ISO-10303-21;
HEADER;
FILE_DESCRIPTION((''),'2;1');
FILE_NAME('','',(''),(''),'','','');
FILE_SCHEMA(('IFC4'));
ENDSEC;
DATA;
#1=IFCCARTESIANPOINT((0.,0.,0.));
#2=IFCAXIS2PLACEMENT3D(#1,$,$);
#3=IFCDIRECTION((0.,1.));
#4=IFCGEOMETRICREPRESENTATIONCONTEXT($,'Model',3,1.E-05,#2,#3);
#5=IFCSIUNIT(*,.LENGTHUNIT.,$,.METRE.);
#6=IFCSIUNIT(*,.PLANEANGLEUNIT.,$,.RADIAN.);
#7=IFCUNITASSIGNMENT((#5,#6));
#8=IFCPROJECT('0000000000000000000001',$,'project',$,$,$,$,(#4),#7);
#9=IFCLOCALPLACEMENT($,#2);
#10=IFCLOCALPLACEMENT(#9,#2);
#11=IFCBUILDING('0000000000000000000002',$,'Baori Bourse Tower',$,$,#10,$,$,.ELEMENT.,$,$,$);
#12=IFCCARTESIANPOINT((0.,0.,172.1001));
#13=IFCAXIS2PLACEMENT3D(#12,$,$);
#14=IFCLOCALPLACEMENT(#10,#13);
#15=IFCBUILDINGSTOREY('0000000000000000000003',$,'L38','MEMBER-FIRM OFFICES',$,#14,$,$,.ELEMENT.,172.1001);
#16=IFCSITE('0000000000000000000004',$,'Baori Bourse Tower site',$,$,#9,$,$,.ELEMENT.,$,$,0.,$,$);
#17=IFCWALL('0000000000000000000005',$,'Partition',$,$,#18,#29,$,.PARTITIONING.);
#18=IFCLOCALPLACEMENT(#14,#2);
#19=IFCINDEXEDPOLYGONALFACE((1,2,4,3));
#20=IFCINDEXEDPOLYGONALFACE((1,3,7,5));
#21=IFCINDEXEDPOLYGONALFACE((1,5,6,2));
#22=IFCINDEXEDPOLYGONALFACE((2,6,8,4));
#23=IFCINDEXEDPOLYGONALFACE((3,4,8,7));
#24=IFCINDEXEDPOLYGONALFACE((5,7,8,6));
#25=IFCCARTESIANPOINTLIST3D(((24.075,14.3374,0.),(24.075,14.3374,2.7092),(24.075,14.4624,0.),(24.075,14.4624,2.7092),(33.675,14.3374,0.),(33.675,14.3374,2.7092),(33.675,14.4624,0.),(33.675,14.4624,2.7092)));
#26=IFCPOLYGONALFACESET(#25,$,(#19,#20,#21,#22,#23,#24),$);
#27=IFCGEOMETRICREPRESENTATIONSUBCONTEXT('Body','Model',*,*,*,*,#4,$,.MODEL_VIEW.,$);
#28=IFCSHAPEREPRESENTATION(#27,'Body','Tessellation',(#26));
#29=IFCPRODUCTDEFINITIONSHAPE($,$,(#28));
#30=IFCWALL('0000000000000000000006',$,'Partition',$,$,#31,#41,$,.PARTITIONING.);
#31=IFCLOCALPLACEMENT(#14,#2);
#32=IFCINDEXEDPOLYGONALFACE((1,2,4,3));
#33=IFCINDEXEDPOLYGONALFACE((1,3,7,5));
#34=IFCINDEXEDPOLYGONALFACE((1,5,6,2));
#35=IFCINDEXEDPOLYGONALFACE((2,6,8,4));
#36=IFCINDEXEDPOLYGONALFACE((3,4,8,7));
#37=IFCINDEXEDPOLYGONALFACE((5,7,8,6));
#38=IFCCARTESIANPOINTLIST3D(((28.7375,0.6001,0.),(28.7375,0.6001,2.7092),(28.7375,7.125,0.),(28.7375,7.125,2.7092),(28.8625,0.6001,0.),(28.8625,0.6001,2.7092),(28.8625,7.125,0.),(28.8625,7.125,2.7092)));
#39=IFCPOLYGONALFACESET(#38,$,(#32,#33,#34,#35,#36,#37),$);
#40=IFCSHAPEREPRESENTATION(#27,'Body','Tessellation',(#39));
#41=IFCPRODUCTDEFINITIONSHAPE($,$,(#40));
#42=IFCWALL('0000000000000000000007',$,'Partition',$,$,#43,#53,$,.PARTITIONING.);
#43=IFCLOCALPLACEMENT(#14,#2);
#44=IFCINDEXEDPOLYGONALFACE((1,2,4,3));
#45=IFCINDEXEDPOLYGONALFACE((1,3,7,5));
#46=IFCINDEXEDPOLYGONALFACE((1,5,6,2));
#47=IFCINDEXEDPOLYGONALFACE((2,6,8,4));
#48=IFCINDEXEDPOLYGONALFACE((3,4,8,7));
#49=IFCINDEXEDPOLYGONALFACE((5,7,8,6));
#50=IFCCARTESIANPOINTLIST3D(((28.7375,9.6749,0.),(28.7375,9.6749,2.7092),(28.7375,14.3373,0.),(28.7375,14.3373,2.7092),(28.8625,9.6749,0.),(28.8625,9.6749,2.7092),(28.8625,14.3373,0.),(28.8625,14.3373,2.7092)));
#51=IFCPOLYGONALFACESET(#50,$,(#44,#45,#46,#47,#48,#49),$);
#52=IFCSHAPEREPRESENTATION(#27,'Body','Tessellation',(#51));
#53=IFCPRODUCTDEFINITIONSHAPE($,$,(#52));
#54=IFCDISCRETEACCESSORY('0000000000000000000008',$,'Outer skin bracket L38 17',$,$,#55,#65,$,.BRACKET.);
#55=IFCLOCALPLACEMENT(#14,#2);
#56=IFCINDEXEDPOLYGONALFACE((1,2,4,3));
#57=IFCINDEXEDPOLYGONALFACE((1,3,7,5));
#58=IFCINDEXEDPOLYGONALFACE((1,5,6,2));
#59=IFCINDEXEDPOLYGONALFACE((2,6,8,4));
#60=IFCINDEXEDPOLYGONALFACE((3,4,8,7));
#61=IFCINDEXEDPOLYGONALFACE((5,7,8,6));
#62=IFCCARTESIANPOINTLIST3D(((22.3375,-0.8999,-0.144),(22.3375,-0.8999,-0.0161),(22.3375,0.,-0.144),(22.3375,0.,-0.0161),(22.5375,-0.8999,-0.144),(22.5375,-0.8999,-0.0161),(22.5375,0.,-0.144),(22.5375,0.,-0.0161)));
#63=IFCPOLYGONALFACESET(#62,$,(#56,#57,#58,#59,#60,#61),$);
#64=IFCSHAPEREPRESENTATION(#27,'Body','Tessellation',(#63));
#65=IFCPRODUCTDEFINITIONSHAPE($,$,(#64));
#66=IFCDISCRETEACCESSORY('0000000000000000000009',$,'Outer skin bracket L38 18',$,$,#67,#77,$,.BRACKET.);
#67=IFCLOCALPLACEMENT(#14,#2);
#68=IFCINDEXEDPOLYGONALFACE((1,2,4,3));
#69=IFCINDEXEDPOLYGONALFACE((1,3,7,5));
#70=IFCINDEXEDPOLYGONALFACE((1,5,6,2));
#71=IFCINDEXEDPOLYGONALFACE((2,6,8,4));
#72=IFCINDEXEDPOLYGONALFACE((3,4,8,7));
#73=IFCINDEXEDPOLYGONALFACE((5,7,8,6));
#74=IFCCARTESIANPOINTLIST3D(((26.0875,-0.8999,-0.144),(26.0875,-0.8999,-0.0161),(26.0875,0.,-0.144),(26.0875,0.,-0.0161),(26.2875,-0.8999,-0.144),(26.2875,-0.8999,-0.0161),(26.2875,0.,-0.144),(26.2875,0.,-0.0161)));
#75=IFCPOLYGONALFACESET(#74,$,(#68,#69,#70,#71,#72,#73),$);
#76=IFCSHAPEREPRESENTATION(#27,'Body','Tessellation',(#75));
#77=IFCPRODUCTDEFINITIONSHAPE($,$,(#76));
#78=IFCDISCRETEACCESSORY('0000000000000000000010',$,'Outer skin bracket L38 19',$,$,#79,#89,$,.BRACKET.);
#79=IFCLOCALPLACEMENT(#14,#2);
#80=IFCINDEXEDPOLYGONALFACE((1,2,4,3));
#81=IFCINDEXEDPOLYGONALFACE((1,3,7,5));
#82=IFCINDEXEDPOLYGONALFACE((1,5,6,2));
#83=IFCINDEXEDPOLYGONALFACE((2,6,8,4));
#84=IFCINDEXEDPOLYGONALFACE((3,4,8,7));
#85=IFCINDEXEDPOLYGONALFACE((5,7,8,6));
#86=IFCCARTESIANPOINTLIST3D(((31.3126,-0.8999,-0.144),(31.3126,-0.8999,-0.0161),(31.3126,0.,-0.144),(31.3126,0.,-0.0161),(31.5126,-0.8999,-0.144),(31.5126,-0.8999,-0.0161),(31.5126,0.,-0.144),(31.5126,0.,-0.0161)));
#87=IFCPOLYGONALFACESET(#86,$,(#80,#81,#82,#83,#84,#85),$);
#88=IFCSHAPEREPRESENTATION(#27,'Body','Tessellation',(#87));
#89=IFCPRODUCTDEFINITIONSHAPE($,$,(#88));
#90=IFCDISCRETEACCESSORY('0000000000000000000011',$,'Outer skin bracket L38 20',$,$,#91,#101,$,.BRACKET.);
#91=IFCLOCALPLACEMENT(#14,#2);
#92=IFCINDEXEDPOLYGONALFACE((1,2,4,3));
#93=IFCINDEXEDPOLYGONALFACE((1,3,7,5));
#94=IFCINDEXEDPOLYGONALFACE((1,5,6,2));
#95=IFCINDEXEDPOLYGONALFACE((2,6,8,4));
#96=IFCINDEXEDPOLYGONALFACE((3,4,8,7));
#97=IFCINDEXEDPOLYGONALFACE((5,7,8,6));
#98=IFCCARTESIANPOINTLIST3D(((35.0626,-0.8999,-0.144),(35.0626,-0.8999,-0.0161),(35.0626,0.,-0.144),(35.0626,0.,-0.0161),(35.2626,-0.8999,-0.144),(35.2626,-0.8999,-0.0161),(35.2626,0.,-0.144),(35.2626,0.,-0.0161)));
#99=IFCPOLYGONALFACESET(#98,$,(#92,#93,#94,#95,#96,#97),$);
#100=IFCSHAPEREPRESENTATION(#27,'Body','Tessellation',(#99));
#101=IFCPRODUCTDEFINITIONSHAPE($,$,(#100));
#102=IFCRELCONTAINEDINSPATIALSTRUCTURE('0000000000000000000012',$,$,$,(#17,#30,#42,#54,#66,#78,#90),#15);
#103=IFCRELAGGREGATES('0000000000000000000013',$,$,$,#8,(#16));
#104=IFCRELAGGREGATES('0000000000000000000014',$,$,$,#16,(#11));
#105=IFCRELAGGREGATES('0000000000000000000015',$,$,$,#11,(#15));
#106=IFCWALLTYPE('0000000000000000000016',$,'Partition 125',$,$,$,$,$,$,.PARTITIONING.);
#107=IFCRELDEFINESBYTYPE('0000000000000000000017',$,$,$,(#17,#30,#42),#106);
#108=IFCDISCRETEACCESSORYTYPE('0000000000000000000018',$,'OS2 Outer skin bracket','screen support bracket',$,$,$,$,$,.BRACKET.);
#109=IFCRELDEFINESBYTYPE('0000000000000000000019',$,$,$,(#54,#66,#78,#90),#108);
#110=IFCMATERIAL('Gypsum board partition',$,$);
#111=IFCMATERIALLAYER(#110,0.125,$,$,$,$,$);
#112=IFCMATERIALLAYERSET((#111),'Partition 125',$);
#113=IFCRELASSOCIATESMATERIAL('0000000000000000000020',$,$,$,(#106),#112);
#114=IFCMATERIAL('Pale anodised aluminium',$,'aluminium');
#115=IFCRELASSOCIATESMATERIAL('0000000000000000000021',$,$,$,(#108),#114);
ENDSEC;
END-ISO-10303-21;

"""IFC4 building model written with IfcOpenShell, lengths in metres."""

from ifc_helpers import new_model, si_unit, direction, frame, frame_2d, origin, origin_2d, place, context, subcontext, project, spatial, rectangle, extrude, material, layer, layer_set, type_object, element, save


model = new_model("IFC4")

# Units and contexts
model_context = context("Model", 3, precision=1e-05, world=origin(), true_north=direction((0.0, 1.0)))
body_context = subcontext(model_context, "Body", "Model", "MODEL_VIEW")
ifc_project = project(units=[si_unit("LENGTHUNIT", "METRE"), si_unit("PLANEANGLEUNIT", "RADIAN")], contexts=[model_context])

# Site, building, storey
site_placement = place(None, origin())
site = spatial("IfcSite", under=ifc_project, at=site_placement, Name="Baori Bourse Tower site", CompositionType="ELEMENT", RefElevation=0.0)
building_placement = place(site_placement, origin())
building = spatial("IfcBuilding", under=site, at=building_placement, Name="Baori Bourse Tower", CompositionType="ELEMENT")
storey_placement = place(building_placement, frame((0.0, 0.0, 172.1001)))
storey = spatial("IfcBuildingStorey", under=building, at=storey_placement, Name="L38", Description="MEMBER-FIRM OFFICES", CompositionType="ELEMENT", Elevation=172.1001)

# Walls
ifc_material_1 = material(Name="Gypsum board partition")
ifc_layer_1 = layer(ifc_material_1, 0.125)
ifc_layer_set_1 = layer_set([ifc_layer_1], Name="Partition 125")
wall_type_1 = type_object("IfcWallType", Name="Partition 125", PredefinedType="PARTITIONING", material=ifc_layer_set_1)
wall_1_placement = place(storey_placement, frame((24.075, 14.3999, 0.0), z_axis=(0.0, 0.0, 1.0), x_axis=(1.0, 0.0, 0.0)))
element("IfcWall", 1, at=wall_1_placement, inside=storey, type_object=wall_type_1, Name="Partition", PredefinedType="PARTITIONING", context=body_context, shape_type="SweptSolid", body=[
    extrude(rectangle(XDim=9.6001, YDim=0.125, at=frame_2d((4.8, 0.0))), origin(), (0.0, 0.0, 1.0), 2.7092),
])
wall_2_placement = place(storey_placement, frame((28.8, 0.6001, 0.0), z_axis=(0.0, 0.0, 1.0), x_axis=(0.0, 1.0, 0.0)))
element("IfcWall", 2, at=wall_2_placement, inside=storey, type_object=wall_type_1, Name="Partition", PredefinedType="PARTITIONING", context=body_context, shape_type="SweptSolid", body=[
    extrude(rectangle(XDim=6.5249, YDim=0.125, at=frame_2d((3.2625, 0.0))), origin(), (0.0, 0.0, 1.0), 2.7092),
])
wall_3_placement = place(storey_placement, frame((28.8, 9.675, 0.0), z_axis=(0.0, 0.0, 1.0), x_axis=(0.0, 1.0, 0.0)))
element("IfcWall", 3, at=wall_3_placement, inside=storey, type_object=wall_type_1, Name="Partition", PredefinedType="PARTITIONING", context=body_context, shape_type="SweptSolid", body=[
    extrude(rectangle(XDim=4.6624, YDim=0.125, at=frame_2d((2.3311, 0.0))), origin(), (0.0, 0.0, 1.0), 2.7092),
])

# Discrete accessories
ifc_material_2 = material(Name="Pale anodised aluminium", Category="aluminium")
discrete_accessory_type = type_object("IfcDiscreteAccessoryType", Name="OS2 Outer skin bracket", Description="screen support bracket", PredefinedType="BRACKET", material=ifc_material_2)
for number, where, z_axis, x_axis, name in (
    (4, (22.4375, -0.45, -0.144), (0.0, 0.0, 1.0), (1.0, 0.0, 0.0), "Outer skin bracket L38 17"),
    (5, (26.1875, -0.45, -0.144), (0.0, 0.0, 1.0), (1.0, 0.0, 0.0), "Outer skin bracket L38 18"),
    (6, (31.4126, -0.45, -0.144), (0.0, 0.0, 1.0), (1.0, 0.0, 0.0), "Outer skin bracket L38 19"),
    (7, (35.1626, -0.45, -0.144), (0.0, 0.0, 1.0), (1.0, 0.0, 0.0), "Outer skin bracket L38 20"),
):
    element("IfcDiscreteAccessory", number, at=place(storey_placement, frame(where, z_axis=z_axis, x_axis=x_axis)), inside=storey, type_object=discrete_accessory_type, Name=name, PredefinedType="BRACKET", context=body_context, shape_type="SweptSolid", body=[
        extrude(rectangle(XDim=0.2, YDim=0.8999, at=origin_2d()), origin(), (0.0, 0.0, 1.0), 0.1279),
    ])

save(model, "model.ifc")
